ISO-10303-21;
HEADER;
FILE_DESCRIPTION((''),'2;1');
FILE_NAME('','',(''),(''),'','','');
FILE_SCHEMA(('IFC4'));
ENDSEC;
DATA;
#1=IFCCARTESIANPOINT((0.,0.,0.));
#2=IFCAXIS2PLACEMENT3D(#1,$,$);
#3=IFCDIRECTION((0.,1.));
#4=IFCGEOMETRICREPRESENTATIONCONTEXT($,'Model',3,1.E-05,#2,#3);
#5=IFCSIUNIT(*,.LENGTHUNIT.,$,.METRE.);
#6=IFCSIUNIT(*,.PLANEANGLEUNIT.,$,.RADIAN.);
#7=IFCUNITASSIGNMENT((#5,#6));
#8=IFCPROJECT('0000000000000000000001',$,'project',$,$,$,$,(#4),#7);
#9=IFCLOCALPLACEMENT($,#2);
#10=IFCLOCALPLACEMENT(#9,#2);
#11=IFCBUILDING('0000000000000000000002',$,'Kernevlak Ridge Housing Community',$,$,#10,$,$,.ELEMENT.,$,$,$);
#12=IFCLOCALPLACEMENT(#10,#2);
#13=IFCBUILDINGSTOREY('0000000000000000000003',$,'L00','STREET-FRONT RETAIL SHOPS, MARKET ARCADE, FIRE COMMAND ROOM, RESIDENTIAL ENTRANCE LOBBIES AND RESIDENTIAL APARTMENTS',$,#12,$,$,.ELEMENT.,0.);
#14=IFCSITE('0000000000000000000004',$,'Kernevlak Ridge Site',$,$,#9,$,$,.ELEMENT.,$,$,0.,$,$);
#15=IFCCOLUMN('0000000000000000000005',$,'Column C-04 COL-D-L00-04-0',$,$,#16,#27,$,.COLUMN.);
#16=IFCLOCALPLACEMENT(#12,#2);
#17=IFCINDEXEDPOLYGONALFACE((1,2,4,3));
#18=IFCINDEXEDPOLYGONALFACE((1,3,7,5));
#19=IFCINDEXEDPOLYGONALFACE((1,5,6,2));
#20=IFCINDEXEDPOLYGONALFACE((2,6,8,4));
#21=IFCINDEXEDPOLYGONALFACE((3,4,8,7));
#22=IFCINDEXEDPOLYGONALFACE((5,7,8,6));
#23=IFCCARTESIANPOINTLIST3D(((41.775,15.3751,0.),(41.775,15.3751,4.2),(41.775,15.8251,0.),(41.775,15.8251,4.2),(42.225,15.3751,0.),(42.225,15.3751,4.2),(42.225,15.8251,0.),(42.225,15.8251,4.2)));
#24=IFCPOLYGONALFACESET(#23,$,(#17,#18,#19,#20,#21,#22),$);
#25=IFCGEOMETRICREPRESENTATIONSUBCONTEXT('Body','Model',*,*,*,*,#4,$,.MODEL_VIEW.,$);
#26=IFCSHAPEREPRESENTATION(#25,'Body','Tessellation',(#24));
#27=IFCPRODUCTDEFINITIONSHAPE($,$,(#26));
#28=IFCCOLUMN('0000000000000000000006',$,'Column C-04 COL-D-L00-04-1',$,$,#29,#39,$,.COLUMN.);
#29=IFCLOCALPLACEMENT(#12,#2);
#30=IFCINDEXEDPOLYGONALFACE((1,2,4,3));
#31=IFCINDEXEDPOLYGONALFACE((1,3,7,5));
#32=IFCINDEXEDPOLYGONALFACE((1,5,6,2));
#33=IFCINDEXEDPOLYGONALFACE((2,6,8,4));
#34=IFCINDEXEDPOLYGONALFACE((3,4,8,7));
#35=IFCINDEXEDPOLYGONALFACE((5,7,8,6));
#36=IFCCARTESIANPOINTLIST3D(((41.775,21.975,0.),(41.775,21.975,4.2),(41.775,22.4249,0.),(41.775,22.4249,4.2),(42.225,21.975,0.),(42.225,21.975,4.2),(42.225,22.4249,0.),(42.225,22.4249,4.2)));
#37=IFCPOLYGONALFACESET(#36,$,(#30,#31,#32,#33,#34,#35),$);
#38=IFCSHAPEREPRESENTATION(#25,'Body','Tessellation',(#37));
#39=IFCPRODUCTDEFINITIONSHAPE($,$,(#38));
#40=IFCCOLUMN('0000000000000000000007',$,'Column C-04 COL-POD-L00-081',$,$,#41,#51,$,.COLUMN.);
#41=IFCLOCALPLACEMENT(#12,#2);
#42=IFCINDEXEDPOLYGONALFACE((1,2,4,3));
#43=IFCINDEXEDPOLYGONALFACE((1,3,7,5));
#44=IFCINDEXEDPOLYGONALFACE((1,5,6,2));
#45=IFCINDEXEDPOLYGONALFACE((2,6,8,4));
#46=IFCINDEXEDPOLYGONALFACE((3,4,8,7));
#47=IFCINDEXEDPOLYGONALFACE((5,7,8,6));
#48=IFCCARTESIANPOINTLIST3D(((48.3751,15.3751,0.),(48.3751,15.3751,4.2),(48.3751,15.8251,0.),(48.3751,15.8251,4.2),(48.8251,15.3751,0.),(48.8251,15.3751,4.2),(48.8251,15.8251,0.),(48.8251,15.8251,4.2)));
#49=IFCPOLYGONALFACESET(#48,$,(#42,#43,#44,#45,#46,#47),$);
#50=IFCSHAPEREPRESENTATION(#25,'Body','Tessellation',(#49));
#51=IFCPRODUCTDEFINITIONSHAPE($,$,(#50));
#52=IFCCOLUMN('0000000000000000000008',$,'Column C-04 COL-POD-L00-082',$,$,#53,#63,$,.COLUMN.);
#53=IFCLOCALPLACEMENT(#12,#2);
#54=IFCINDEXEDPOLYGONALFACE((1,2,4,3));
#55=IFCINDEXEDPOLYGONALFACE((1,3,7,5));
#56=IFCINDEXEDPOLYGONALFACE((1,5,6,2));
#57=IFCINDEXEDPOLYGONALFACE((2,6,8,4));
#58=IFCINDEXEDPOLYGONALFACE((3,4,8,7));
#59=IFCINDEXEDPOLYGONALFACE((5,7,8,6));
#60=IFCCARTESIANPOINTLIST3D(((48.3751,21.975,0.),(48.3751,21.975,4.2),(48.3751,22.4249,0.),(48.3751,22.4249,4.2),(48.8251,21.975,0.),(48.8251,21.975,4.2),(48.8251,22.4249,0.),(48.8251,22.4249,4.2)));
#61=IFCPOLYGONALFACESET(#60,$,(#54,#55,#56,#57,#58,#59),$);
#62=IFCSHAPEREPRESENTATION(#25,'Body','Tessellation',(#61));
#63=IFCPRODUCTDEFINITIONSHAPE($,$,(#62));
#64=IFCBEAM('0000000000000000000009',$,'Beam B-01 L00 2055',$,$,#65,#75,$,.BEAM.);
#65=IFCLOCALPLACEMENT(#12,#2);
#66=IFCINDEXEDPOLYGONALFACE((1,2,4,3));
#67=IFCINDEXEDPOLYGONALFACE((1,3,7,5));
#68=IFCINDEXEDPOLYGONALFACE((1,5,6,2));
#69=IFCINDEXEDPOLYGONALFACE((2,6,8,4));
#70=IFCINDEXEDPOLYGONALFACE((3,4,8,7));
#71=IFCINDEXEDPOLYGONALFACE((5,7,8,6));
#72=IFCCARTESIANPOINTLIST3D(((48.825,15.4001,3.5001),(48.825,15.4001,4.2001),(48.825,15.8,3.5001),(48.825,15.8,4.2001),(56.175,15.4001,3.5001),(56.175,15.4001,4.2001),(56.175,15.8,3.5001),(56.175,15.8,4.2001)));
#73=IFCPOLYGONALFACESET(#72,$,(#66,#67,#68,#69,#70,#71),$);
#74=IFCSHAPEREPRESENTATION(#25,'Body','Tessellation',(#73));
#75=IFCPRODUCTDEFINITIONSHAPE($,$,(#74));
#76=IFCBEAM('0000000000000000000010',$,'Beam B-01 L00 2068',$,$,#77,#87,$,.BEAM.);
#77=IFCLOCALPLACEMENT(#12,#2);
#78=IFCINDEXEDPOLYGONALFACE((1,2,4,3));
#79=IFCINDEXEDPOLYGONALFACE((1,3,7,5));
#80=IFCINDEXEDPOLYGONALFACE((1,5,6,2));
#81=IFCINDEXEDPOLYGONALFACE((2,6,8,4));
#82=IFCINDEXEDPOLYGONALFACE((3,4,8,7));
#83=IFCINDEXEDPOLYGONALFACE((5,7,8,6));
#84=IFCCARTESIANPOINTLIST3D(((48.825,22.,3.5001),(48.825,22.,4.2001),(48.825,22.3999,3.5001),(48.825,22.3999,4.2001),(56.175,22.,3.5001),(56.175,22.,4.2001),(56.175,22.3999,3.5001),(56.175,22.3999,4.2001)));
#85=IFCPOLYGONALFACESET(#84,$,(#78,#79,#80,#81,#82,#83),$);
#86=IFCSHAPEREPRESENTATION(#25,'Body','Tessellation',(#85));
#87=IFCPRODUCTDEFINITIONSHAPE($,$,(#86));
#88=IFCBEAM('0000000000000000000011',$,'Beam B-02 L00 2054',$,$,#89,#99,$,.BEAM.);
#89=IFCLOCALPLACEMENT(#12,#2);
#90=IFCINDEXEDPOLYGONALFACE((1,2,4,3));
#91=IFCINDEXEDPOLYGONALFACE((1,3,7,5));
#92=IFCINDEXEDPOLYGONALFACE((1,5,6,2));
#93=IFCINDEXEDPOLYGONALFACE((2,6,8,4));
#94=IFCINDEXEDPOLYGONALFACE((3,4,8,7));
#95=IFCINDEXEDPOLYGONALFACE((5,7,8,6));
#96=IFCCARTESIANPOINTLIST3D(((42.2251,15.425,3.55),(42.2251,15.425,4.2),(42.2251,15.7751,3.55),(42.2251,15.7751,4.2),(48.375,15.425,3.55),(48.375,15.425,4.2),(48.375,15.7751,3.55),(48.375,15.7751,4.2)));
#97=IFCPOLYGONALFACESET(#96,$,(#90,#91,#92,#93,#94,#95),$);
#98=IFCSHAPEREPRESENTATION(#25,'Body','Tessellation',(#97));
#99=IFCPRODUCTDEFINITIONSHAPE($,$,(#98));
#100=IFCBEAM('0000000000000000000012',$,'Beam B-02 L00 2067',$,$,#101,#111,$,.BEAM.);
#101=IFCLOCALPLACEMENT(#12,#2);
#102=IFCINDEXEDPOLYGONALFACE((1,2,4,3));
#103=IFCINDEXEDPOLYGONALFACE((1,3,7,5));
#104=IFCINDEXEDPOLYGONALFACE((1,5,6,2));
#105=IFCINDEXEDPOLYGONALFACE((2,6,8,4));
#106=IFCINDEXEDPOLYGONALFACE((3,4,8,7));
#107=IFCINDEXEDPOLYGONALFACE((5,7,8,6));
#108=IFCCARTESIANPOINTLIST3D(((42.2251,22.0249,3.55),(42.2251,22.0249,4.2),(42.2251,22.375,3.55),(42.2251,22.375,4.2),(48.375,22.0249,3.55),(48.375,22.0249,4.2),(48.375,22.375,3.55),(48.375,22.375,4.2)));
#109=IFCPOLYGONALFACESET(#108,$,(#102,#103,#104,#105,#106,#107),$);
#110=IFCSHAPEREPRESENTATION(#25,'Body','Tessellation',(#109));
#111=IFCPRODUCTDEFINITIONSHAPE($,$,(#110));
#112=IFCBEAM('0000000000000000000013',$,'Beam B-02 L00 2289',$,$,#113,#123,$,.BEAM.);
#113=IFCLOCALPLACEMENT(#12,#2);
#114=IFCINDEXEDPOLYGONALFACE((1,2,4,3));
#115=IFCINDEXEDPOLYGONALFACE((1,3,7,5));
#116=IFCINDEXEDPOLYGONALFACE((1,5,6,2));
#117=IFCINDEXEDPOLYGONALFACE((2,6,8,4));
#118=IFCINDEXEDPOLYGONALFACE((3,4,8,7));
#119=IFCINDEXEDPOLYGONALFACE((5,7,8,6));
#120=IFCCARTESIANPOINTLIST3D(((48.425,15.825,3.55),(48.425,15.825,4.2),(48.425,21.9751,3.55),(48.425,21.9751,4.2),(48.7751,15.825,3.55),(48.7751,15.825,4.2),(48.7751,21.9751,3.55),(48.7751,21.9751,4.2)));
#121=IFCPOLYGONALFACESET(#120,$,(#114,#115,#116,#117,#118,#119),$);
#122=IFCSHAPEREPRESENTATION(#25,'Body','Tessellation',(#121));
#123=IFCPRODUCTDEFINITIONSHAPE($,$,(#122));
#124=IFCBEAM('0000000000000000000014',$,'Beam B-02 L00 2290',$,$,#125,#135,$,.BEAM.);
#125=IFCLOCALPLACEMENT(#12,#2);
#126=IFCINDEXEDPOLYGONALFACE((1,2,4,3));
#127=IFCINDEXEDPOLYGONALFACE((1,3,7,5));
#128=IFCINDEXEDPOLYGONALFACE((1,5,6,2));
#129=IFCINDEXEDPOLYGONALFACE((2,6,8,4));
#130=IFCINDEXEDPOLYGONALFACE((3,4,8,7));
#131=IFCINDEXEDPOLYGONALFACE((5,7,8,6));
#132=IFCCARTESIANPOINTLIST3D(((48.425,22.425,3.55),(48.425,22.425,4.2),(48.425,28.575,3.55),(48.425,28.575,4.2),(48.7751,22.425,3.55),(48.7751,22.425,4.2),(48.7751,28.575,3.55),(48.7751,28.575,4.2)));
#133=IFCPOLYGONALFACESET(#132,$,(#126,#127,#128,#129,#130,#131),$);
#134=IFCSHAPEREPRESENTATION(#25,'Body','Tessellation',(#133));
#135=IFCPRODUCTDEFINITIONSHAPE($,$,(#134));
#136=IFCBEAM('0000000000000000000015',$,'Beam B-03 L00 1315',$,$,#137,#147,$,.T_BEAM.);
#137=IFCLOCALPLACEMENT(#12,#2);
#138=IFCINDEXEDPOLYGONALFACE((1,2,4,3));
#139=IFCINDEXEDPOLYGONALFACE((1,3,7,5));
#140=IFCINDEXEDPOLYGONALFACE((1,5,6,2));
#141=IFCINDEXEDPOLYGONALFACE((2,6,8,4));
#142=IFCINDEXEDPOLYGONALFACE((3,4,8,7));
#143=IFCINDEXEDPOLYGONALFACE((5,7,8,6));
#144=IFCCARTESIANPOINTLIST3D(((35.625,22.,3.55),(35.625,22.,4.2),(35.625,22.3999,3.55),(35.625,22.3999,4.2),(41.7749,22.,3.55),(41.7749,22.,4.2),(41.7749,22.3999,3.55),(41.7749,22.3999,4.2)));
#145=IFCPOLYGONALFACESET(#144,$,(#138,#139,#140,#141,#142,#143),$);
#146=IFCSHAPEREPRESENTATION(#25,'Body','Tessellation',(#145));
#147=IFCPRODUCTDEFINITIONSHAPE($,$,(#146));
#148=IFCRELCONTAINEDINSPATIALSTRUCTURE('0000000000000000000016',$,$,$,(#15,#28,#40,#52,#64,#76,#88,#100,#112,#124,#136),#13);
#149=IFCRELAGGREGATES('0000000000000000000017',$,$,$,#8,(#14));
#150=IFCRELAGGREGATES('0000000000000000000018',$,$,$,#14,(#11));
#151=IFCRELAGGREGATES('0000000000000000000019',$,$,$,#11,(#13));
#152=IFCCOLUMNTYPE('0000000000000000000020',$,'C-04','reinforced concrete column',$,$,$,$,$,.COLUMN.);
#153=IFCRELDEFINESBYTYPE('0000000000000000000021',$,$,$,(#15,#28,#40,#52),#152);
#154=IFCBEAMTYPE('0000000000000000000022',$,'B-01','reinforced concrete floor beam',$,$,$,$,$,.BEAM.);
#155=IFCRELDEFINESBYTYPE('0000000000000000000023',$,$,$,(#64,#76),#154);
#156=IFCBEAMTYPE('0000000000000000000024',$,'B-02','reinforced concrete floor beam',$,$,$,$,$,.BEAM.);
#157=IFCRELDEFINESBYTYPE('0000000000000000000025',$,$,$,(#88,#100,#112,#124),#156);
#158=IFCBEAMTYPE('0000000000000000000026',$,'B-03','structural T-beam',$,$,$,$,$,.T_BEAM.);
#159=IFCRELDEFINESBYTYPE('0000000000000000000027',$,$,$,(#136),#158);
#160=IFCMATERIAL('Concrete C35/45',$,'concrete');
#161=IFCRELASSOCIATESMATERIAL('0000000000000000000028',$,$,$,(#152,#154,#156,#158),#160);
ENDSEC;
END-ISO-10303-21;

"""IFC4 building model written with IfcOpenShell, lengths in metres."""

from ifc_helpers import new_model, si_unit, direction, frame, origin, origin_2d, place, context, subcontext, project, spatial, rectangle, extrude, material, material_profile, profile_set, type_object, element, save


model = new_model("IFC4")

# Units and contexts
model_context = context("Model", 3, precision=1e-05, world=origin(), true_north=direction((0.0, 1.0)))
body_context = subcontext(model_context, "Body", "Model", "MODEL_VIEW")
ifc_project = project(units=[si_unit("LENGTHUNIT", "METRE"), si_unit("PLANEANGLEUNIT", "RADIAN")], contexts=[model_context])

# Site, building, storey
site_placement = place(None, origin())
site = spatial("IfcSite", under=ifc_project, at=site_placement, Name="Kernevlak Ridge Site", CompositionType="ELEMENT", RefElevation=0.0)
building_placement = place(site_placement, origin())
building = spatial("IfcBuilding", under=site, at=building_placement, Name="Kernevlak Ridge Housing Community", CompositionType="ELEMENT")
storey_placement = place(building_placement, origin())
storey = spatial("IfcBuildingStorey", under=building, at=storey_placement, Name="L00", Description="STREET-FRONT RETAIL SHOPS, MARKET ARCADE, FIRE COMMAND ROOM, RESIDENTIAL ENTRANCE LOBBIES AND RESIDENTIAL APARTMENTS", CompositionType="ELEMENT", Elevation=0.0)

# Columns
ifc_material_1 = material(Name="Concrete C35/45", Category="concrete")
ifc_material_profile_1 = material_profile(ifc_material_1, rectangle(XDim=0.45, YDim=0.45, at=origin_2d()), Name="RC 450x450")
ifc_profile_set_1 = profile_set([ifc_material_profile_1], Name="Concrete C35/45")
column_type = type_object("IfcColumnType", Name="C-04", Description="reinforced concrete column", PredefinedType="COLUMN", material=ifc_profile_set_1)
for number, where, z_axis, x_axis, name in (
    (1, (42.0, 15.6001, 0.0), (0.0, 0.0, 1.0), (1.0, 0.0, 0.0), "Column C-04 COL-D-L00-04-0"),
    (2, (42.0, 22.2, 0.0), (0.0, 0.0, 1.0), (1.0, 0.0, 0.0), "Column C-04 COL-D-L00-04-1"),
    (3, (48.6001, 15.6001, 0.0), (0.0, 0.0, 1.0), (1.0, 0.0, 0.0), "Column C-04 COL-POD-L00-081"),
    (4, (48.6001, 22.2, 0.0), (0.0, 0.0, 1.0), (1.0, 0.0, 0.0), "Column C-04 COL-POD-L00-082"),
):
    element("IfcColumn", number, at=place(storey_placement, frame(where, z_axis=z_axis, x_axis=x_axis)), inside=storey, type_object=column_type, Name=name, PredefinedType="COLUMN", context=body_context, shape_type="SweptSolid", body=[
        extrude(rectangle(XDim=0.45, YDim=0.45, at=origin_2d()), origin(), (0.0, 0.0, 1.0), 4.2),
    ])

# Beams
ifc_material_profile_2 = material_profile(ifc_material_1, rectangle(XDim=0.3999, YDim=0.7, at=origin_2d()), Name="RC 400x700")
ifc_profile_set_2 = profile_set([ifc_material_profile_2], Name="Concrete C35/45")
beam_type_1 = type_object("IfcBeamType", Name="B-01", Description="reinforced concrete floor beam", PredefinedType="BEAM", material=ifc_profile_set_2)
for number, where, z_axis, x_axis, name in (
    (5, (48.825, 15.6001, 3.8501), (1.0, 0.0, 0.0), (0.0, 1.0, 0.0), "Beam B-01 L00 2055"),
    (6, (48.825, 22.2, 3.8501), (1.0, 0.0, 0.0), (0.0, 1.0, 0.0), "Beam B-01 L00 2068"),
):
    element("IfcBeam", number, at=place(storey_placement, frame(where, z_axis=z_axis, x_axis=x_axis)), inside=storey, type_object=beam_type_1, Name=name, PredefinedType="BEAM", context=body_context, shape_type="SweptSolid", body=[
        extrude(rectangle(XDim=0.3999, YDim=0.7, at=origin_2d()), origin(), (0.0, 0.0, 1.0), 7.3501),
    ])
ifc_material_profile_3 = material_profile(ifc_material_1, rectangle(XDim=0.3501, YDim=0.6499, at=origin_2d()), Name="RC 350x650")
ifc_profile_set_3 = profile_set([ifc_material_profile_3], Name="Concrete C35/45")
beam_type_2 = type_object("IfcBeamType", Name="B-02", Description="reinforced concrete floor beam", PredefinedType="BEAM", material=ifc_profile_set_3)
for number, where, z_axis, x_axis, name in (
    (7, (42.2251, 15.6001, 3.875), (1.0, 0.0, 0.0), (0.0, 1.0, 0.0), "Beam B-02 L00 2054"),
    (8, (42.2251, 22.2, 3.875), (1.0, 0.0, 0.0), (0.0, 1.0, 0.0), "Beam B-02 L00 2067"),
):
    element("IfcBeam", number, at=place(storey_placement, frame(where, z_axis=z_axis, x_axis=x_axis)), inside=storey, type_object=beam_type_2, Name=name, PredefinedType="BEAM", context=body_context, shape_type="SweptSolid", body=[
        extrude(rectangle(XDim=0.3501, YDim=0.6499, at=origin_2d()), origin(), (0.0, 0.0, 1.0), 6.1499),
    ])
beam_1_placement = place(storey_placement, frame((48.6001, 15.825, 3.875), z_axis=(0.0, 1.0, 0.0), x_axis=(-1.0, 0.0, 0.0)))
element("IfcBeam", 9, at=beam_1_placement, inside=storey, type_object=beam_type_2, Name="Beam B-02 L00 2289", PredefinedType="BEAM", context=body_context, shape_type="SweptSolid", body=[
    extrude(rectangle(XDim=0.3501, YDim=0.6499, at=origin_2d()), origin(), (0.0, 0.0, 1.0), 6.1501),
])
beam_2_placement = place(storey_placement, frame((48.6001, 22.425, 3.875), z_axis=(0.0, 1.0, 0.0), x_axis=(-1.0, 0.0, 0.0)))
element("IfcBeam", 10, at=beam_2_placement, inside=storey, type_object=beam_type_2, Name="Beam B-02 L00 2290", PredefinedType="BEAM", context=body_context, shape_type="SweptSolid", body=[
    extrude(rectangle(XDim=0.3501, YDim=0.6499, at=origin_2d()), origin(), (0.0, 0.0, 1.0), 6.1499),
])
ifc_material_profile_4 = material_profile(ifc_material_1, rectangle(XDim=0.3999, YDim=0.6499, at=origin_2d()), Name="RC 400x650")
ifc_profile_set_4 = profile_set([ifc_material_profile_4], Name="Concrete C35/45")
beam_type_3 = type_object("IfcBeamType", Name="B-03", Description="structural T-beam", PredefinedType="T_BEAM", material=ifc_profile_set_4)
beam_3_placement = place(storey_placement, frame((35.625, 22.2, 3.875), z_axis=(1.0, 0.0, 0.0), x_axis=(0.0, 1.0, 0.0)))
element("IfcBeam", 11, at=beam_3_placement, inside=storey, type_object=beam_type_3, Name="Beam B-03 L00 1315", PredefinedType="T_BEAM", context=body_context, shape_type="SweptSolid", body=[
    extrude(rectangle(XDim=0.3999, YDim=0.6499, at=origin_2d()), origin(), (0.0, 0.0, 1.0), 6.1499),
])

save(model, "model.ifc")
